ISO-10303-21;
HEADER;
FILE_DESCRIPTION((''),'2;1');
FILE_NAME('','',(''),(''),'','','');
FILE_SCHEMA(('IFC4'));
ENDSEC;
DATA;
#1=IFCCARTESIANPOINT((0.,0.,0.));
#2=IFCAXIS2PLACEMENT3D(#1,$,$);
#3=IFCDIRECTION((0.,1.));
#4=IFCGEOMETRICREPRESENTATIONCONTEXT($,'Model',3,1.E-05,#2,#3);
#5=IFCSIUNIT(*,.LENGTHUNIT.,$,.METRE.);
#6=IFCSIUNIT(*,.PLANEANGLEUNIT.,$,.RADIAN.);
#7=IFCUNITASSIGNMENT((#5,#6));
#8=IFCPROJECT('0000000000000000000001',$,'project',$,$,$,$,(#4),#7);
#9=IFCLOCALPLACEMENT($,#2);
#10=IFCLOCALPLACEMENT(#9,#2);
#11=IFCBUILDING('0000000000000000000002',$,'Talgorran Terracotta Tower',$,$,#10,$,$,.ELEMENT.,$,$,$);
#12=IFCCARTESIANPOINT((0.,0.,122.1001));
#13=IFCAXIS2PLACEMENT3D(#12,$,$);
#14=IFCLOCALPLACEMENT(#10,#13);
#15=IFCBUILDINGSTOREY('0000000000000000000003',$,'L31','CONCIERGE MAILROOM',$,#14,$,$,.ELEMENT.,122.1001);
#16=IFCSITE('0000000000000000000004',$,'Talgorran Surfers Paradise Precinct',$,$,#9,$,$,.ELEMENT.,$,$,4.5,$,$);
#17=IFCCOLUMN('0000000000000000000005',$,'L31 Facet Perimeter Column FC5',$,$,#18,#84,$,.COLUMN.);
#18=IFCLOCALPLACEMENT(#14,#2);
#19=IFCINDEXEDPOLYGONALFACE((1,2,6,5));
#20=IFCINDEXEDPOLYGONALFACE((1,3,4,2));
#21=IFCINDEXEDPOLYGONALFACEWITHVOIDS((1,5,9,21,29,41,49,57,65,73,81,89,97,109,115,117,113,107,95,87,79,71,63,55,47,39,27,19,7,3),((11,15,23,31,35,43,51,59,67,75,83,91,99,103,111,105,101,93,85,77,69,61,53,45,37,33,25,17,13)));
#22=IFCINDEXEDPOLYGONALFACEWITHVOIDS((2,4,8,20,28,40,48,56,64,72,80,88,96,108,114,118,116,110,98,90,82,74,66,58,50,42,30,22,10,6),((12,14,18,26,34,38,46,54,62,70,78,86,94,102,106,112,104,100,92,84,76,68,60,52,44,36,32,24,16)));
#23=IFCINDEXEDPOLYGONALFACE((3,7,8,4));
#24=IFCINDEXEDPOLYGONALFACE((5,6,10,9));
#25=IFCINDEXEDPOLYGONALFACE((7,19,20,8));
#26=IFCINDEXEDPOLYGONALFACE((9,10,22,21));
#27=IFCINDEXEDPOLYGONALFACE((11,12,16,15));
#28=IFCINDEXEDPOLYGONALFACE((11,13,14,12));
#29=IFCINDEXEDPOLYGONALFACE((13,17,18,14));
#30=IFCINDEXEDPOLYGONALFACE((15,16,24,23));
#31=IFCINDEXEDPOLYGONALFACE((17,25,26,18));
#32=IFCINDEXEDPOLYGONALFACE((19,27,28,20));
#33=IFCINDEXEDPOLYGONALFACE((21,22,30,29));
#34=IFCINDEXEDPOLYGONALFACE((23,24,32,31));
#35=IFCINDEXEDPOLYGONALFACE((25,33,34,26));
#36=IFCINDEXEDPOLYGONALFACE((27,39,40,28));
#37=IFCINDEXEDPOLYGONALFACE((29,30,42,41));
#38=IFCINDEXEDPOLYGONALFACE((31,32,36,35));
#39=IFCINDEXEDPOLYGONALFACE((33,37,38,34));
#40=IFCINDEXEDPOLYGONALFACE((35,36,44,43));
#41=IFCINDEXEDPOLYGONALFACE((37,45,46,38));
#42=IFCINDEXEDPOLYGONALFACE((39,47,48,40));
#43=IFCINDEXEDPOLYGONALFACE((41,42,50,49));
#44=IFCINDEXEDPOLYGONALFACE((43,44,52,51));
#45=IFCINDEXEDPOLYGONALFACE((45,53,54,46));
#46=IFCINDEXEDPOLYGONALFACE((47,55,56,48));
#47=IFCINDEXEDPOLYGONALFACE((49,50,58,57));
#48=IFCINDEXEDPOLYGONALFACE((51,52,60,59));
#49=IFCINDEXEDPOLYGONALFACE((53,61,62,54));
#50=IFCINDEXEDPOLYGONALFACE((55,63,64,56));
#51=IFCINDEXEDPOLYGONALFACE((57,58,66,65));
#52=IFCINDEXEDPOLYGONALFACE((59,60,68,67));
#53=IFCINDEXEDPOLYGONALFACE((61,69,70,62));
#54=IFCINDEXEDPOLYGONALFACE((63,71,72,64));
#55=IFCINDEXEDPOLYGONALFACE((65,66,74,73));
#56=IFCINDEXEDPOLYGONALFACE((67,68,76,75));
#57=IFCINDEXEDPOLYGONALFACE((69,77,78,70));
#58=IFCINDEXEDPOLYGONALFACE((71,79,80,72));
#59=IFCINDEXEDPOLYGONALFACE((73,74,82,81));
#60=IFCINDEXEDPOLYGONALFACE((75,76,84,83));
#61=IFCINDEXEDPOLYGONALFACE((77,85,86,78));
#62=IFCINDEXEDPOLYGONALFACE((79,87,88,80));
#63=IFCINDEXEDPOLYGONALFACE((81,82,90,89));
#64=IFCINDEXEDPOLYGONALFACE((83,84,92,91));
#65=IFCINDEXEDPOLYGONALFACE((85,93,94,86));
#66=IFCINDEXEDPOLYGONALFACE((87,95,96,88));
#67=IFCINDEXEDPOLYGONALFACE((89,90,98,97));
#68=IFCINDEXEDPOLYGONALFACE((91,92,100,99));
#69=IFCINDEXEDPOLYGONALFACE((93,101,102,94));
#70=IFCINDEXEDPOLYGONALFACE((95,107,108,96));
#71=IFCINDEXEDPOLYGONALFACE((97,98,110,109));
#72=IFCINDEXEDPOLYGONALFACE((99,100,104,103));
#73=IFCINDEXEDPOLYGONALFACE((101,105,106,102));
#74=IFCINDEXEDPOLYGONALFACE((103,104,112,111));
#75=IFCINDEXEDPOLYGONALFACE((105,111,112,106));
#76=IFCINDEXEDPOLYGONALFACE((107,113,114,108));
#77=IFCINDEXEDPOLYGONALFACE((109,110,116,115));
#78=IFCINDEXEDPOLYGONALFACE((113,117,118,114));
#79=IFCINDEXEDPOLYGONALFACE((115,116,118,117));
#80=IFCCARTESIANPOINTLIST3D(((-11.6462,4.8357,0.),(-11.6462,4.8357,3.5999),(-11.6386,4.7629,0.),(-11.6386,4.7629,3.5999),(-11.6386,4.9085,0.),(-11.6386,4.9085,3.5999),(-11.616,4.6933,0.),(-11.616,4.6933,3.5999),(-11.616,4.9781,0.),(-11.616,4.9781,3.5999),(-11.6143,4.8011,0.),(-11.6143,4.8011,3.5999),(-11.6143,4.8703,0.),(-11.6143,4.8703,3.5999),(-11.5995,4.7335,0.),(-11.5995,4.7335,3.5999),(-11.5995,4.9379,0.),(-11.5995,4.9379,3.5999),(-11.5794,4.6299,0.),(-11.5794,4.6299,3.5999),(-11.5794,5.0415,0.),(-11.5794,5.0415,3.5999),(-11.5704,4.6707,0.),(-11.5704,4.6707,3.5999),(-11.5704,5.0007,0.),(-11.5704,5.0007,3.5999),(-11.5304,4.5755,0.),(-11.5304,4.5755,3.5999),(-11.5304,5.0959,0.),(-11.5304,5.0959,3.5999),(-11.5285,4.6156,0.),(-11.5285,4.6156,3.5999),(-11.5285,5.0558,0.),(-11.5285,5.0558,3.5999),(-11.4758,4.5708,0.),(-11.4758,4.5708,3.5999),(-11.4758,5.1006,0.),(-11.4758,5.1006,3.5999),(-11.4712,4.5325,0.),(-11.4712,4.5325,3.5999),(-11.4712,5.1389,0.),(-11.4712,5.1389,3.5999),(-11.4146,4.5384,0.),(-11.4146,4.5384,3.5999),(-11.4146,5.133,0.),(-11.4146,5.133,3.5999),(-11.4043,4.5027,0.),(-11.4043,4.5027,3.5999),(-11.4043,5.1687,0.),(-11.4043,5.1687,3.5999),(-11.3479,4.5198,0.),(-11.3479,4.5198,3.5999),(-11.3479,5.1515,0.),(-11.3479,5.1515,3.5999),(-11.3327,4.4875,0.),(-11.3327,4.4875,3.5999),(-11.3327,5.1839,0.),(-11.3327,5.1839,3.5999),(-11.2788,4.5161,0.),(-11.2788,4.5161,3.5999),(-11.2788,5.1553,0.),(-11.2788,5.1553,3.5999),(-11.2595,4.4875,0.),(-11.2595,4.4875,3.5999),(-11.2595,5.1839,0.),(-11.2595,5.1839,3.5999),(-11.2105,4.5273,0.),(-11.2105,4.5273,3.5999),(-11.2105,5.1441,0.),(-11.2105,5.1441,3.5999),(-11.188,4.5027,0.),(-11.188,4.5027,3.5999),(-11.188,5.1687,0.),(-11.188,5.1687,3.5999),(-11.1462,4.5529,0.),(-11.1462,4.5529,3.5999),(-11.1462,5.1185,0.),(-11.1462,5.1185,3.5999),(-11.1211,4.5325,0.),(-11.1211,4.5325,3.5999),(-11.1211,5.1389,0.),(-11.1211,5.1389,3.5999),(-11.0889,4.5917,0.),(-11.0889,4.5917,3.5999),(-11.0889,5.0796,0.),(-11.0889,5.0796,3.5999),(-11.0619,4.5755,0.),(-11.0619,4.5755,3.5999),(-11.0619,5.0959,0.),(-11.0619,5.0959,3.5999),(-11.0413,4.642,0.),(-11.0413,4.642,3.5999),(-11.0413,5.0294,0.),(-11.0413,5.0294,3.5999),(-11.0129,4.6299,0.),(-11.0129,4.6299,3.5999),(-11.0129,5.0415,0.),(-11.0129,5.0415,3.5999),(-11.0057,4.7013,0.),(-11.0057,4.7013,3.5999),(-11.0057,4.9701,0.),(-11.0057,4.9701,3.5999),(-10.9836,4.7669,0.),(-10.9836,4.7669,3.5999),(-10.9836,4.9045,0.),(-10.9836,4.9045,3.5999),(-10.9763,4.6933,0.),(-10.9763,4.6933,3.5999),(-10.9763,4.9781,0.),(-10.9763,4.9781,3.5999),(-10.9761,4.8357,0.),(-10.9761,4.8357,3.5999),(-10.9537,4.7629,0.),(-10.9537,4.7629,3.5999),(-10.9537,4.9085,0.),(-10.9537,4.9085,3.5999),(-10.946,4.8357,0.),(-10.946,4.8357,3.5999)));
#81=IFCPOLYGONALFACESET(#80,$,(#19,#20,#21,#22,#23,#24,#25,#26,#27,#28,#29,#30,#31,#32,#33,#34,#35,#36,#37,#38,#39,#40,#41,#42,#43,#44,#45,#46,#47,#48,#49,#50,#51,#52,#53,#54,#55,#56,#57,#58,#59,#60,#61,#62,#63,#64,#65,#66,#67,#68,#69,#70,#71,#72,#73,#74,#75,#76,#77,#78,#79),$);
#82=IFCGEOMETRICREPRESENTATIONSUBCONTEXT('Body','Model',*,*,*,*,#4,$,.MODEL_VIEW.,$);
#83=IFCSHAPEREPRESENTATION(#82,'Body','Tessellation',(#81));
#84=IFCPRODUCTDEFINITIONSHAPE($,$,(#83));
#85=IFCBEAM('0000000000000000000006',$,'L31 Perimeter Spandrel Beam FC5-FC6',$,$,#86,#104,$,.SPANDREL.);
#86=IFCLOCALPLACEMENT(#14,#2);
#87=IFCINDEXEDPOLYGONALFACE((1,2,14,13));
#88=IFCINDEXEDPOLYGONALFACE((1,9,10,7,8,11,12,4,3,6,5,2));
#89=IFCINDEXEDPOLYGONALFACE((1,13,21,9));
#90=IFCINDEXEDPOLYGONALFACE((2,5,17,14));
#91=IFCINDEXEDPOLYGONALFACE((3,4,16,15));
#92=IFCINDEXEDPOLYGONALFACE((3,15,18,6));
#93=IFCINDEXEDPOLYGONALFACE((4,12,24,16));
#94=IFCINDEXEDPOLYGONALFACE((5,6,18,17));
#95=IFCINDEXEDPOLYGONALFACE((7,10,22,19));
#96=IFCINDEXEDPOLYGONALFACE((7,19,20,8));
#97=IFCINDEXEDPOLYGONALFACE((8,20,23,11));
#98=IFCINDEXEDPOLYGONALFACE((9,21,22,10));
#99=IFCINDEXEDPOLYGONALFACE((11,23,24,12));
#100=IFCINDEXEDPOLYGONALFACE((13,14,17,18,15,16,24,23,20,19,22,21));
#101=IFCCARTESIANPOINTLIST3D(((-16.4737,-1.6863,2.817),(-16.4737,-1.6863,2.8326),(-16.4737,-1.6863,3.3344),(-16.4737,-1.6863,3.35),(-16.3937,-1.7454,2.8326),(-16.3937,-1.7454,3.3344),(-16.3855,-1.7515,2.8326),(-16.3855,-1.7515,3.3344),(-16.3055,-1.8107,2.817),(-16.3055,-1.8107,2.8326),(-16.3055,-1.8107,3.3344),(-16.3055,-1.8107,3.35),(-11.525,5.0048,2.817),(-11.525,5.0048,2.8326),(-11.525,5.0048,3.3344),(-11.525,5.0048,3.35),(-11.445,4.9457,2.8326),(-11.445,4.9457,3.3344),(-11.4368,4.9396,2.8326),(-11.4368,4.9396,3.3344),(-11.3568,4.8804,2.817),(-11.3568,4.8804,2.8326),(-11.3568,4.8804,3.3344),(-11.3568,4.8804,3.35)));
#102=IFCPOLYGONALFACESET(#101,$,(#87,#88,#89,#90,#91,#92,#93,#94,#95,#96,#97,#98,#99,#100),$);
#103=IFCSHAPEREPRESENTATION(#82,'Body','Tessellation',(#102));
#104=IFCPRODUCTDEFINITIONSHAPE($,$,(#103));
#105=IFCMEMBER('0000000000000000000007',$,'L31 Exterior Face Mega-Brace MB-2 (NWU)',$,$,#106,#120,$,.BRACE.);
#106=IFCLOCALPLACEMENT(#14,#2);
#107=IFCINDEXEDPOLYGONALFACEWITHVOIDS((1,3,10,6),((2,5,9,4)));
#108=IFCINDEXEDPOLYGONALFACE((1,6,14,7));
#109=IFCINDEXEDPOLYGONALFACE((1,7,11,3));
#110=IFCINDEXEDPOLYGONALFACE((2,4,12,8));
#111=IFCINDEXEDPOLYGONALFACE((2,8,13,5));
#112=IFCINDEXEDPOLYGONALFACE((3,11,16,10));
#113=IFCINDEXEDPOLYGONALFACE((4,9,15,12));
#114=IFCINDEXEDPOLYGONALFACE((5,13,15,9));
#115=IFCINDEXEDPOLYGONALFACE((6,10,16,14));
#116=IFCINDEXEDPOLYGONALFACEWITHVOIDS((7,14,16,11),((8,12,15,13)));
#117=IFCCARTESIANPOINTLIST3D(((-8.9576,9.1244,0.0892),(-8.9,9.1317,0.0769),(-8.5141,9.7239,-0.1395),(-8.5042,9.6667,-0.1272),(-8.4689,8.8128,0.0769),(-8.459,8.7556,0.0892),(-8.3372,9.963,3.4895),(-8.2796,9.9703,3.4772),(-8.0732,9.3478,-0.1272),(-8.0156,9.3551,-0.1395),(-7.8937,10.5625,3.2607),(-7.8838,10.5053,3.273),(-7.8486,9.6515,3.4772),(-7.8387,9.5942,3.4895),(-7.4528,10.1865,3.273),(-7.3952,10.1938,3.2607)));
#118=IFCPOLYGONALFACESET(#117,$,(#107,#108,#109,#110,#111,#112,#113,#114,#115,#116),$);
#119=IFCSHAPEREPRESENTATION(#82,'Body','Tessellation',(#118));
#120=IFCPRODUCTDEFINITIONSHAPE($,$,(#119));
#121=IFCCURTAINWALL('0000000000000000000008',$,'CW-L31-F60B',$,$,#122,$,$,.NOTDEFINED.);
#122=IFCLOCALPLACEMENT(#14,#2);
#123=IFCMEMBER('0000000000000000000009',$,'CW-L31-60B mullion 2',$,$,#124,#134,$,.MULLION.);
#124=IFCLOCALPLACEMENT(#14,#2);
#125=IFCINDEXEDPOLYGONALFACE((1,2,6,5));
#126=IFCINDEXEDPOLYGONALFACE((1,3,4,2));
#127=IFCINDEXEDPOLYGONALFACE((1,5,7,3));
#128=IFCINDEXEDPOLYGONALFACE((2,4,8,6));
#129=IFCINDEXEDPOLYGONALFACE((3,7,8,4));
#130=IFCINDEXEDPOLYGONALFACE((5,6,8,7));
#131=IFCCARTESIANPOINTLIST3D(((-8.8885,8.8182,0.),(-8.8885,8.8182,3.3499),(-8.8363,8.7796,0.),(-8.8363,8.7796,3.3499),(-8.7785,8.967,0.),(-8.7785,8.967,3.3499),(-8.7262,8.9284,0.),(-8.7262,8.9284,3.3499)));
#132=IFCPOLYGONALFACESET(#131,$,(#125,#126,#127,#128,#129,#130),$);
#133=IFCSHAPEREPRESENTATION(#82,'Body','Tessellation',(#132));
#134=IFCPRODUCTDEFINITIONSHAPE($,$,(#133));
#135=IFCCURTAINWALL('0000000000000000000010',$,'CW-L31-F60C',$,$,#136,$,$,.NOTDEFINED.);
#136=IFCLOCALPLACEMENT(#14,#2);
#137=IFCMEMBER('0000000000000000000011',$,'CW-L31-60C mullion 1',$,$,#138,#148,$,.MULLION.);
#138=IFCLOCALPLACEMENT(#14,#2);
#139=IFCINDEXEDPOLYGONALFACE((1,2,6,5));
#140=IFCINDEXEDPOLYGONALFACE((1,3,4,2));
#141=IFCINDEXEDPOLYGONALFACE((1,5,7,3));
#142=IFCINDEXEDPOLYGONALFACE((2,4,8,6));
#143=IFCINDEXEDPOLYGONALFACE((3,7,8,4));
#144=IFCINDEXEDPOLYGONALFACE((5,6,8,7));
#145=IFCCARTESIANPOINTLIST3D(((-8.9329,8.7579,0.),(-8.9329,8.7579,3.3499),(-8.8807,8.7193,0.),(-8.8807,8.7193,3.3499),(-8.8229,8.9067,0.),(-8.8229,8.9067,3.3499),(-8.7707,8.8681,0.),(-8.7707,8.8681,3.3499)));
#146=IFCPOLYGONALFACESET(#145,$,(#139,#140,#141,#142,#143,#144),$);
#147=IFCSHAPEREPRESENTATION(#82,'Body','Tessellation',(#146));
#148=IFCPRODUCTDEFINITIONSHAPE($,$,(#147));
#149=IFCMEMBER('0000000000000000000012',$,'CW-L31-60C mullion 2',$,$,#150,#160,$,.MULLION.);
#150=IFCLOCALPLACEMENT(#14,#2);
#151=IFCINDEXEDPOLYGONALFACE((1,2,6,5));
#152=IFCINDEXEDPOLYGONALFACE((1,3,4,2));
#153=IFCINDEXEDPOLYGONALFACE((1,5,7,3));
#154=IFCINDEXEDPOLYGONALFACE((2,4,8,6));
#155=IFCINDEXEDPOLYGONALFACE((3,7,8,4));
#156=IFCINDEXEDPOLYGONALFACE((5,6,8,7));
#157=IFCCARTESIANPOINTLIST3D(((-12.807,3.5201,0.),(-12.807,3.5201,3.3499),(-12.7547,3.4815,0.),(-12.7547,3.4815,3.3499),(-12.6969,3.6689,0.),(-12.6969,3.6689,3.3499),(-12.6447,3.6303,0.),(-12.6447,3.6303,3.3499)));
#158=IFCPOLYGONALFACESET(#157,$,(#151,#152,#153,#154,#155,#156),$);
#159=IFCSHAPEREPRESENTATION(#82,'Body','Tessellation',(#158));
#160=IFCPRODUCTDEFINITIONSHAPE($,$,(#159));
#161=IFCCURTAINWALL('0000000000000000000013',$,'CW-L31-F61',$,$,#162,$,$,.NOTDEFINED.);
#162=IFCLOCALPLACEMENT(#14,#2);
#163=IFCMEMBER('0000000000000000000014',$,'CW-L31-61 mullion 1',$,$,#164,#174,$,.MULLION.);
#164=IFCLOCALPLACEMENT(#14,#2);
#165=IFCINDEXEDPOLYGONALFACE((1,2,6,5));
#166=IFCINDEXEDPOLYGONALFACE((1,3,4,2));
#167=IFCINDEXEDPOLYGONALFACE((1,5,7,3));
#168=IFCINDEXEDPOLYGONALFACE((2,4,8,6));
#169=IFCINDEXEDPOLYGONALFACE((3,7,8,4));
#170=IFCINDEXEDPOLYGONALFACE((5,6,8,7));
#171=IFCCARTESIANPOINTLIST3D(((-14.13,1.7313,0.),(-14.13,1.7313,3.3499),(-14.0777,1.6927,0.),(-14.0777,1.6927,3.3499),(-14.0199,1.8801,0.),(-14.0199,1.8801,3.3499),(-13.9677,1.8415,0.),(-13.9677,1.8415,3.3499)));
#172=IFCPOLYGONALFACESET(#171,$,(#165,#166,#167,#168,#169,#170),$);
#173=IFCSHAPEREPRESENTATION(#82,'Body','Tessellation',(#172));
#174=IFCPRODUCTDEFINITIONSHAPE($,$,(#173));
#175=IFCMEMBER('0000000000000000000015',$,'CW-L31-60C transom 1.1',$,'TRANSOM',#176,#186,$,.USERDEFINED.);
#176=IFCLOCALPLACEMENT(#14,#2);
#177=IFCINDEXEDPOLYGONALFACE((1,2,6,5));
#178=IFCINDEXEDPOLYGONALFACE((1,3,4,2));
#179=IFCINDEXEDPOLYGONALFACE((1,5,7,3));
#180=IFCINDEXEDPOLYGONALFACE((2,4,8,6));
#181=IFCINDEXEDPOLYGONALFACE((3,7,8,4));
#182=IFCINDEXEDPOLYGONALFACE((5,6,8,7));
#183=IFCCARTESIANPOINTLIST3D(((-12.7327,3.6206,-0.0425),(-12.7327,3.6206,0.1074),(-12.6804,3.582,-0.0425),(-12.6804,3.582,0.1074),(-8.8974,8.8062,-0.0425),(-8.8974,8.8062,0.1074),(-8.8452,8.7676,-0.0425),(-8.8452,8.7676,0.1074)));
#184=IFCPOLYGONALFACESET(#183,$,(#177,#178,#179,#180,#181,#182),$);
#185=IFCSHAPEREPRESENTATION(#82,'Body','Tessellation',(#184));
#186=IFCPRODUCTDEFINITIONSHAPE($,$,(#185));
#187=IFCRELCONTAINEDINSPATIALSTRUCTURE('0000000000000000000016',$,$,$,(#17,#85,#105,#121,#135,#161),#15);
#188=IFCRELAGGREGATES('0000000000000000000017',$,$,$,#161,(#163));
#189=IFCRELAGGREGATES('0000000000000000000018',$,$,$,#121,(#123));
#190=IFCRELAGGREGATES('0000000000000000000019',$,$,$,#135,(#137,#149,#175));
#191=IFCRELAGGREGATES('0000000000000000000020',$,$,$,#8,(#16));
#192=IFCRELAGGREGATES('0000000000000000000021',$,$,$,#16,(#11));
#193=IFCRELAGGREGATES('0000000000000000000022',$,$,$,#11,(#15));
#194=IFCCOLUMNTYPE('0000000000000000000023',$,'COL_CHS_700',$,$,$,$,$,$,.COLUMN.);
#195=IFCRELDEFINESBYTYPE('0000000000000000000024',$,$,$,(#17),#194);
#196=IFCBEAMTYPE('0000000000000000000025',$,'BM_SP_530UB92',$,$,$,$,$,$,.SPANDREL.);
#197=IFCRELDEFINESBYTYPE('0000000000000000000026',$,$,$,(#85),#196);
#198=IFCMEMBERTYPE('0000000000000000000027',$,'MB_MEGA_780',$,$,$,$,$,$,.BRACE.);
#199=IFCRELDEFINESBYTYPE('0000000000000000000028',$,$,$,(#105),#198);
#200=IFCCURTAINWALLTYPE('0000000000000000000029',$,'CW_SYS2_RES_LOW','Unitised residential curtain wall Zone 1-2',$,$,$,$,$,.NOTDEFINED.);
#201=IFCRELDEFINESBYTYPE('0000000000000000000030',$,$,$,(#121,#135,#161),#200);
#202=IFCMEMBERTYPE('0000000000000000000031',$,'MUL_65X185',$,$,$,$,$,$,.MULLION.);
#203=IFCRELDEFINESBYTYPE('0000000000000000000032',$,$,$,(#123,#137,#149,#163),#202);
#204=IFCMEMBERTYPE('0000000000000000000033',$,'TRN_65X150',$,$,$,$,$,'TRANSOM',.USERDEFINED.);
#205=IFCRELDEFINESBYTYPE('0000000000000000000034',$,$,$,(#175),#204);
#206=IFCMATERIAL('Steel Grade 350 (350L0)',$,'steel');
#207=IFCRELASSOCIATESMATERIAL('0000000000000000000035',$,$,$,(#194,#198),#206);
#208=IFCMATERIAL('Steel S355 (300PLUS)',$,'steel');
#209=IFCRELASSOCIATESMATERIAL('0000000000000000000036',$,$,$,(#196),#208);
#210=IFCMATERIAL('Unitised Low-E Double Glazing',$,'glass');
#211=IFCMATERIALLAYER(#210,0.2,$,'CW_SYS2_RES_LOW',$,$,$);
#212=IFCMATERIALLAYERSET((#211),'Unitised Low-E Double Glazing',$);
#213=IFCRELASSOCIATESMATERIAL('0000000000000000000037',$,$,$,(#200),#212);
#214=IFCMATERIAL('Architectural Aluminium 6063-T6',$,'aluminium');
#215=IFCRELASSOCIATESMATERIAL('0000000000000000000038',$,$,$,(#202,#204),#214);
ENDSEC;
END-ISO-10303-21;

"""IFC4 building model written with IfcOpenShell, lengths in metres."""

from ifc_helpers import new_model, si_unit, direction, frame, origin, origin_2d, place, context, subcontext, project, spatial, rectangle, hollow_rectangle, hollow_circle, i_section, extrude, material, layer, layer_set, material_profile, profile_set, type_object, element, aggregate, save


model = new_model("IFC4")

# Units and contexts
model_context = context("Model", 3, precision=1e-05, world=origin(), true_north=direction((0.0, 1.0)))
body_context = subcontext(model_context, "Body", "Model", "MODEL_VIEW")
ifc_project = project(units=[si_unit("LENGTHUNIT", "METRE"), si_unit("PLANEANGLEUNIT", "RADIAN")], contexts=[model_context])

# Site, building, storey
site_placement = place(None, origin())
site = spatial("IfcSite", under=ifc_project, at=site_placement, Name="Talgorran Surfers Paradise Precinct", CompositionType="ELEMENT", RefElevation=4.5)
building_placement = place(site_placement, origin())
building = spatial("IfcBuilding", under=site, at=building_placement, Name="Talgorran Terracotta Tower", CompositionType="ELEMENT")
storey_placement = place(building_placement, frame((0.0, 0.0, 122.1001)))
storey = spatial("IfcBuildingStorey", under=building, at=storey_placement, Name="L31", Description="CONCIERGE MAILROOM", CompositionType="ELEMENT", Elevation=122.1001)

# Column
ifc_material_1 = material(Name="Steel Grade 350 (350L0)", Category="steel")
ifc_material_profile_1 = material_profile(ifc_material_1, hollow_circle(Radius=0.3501, WallThickness=0.03, at=origin_2d()), Name="CHS700X30")
ifc_profile_set_1 = profile_set([ifc_material_profile_1], Name="Steel Grade 350 (350L0)")
column_type = type_object("IfcColumnType", Name="COL_CHS_700", PredefinedType="COLUMN", material=ifc_profile_set_1)
column_placement = place(storey_placement, frame((-11.2961, 4.8357, 0.0), z_axis=(0.0, 0.0, 1.0), x_axis=(1.0, 0.0, 0.0)))
element("IfcColumn", 1, at=column_placement, inside=storey, type_object=column_type, Name="L31 Facet Perimeter Column FC5", PredefinedType="COLUMN", context=body_context, shape_type="SweptSolid", body=[
    extrude(hollow_circle(Radius=0.3501, WallThickness=0.03, at=origin_2d()), origin(), (0.0, 0.0, 1.0), 3.5999),
])

# Beam
ifc_material_2 = material(Name="Steel S355 (300PLUS)", Category="steel")
ifc_material_profile_2 = material_profile(ifc_material_2, i_section(OverallWidth=0.2092, OverallDepth=0.533, WebThickness=0.0103, FlangeThickness=0.0156, at=origin_2d()), Name="530UB92.4")
ifc_profile_set_2 = profile_set([ifc_material_profile_2], Name="Steel S355 (300PLUS)")
beam_type = type_object("IfcBeamType", Name="BM_SP_530UB92", PredefinedType="SPANDREL", material=ifc_profile_set_2)
beam_placement = place(storey_placement, frame((-11.4409, 4.9426, 3.0835), z_axis=(-0.594631, -0.803999, 0.0), x_axis=(0.803999, -0.594631, 0.0)))
element("IfcBeam", 2, at=beam_placement, inside=storey, type_object=beam_type, Name="L31 Perimeter Spandrel Beam FC5-FC6", PredefinedType="SPANDREL", context=body_context, shape_type="SweptSolid", body=[
    extrude(i_section(OverallWidth=0.2092, OverallDepth=0.533, WebThickness=0.0103, FlangeThickness=0.0156, at=origin_2d()), origin(), (0.0, 0.0, 1.0), 8.3223),
])

# Member
ifc_material_profile_3 = material_profile(ifc_material_1, hollow_rectangle(XDim=0.6201, YDim=0.78, WallThickness=0.042, at=origin_2d()), Name="WBOX780X620X42")
ifc_profile_set_3 = profile_set([ifc_material_profile_3], Name="Steel Grade 350 (350L0)")
member_type_1 = type_object("IfcMemberType", Name="MB_MEGA_780", PredefinedType="BRACE", material=ifc_profile_set_3)
member_1_placement = place(storey_placement, frame((-8.4866, 9.2397, -0.0251), z_axis=(0.174427, 0.235796, 0.956021), x_axis=(-0.803943, 0.594707, 0.0)))
element("IfcMember", 3, at=member_1_placement, inside=storey, type_object=member_type_1, Name="L31 Exterior Face Mega-Brace MB-2 (NWU)", PredefinedType="BRACE", context=body_context, shape_type="SweptSolid", body=[
    extrude(hollow_rectangle(XDim=0.6201, YDim=0.78, WallThickness=0.042, at=origin_2d()), origin(), (0.0, 0.0, 1.0), 3.5566),
])

# Curtain wall, member
ifc_material_3 = material(Name="Unitised Low-E Double Glazing", Category="glass")
ifc_layer_1 = layer(ifc_material_3, 0.2, Name="CW_SYS2_RES_LOW")
ifc_layer_set_1 = layer_set([ifc_layer_1], Name="Unitised Low-E Double Glazing")
curtain_wall_type = type_object("IfcCurtainWallType", Name="CW_SYS2_RES_LOW", Description="Unitised residential curtain wall Zone 1-2", PredefinedType="NOTDEFINED", material=ifc_layer_set_1)
curtain_wall_1_placement = place(storey_placement, origin())
curtain_wall_1 = element("IfcCurtainWall", 4, at=curtain_wall_1_placement, inside=storey, type_object=curtain_wall_type, Name="CW-L31-F60B", PredefinedType="NOTDEFINED")
ifc_material_4 = material(Name="Architectural Aluminium 6063-T6", Category="aluminium")
ifc_material_profile_4 = material_profile(ifc_material_4, rectangle(XDim=0.0649, YDim=0.1851, at=origin_2d()), Name="CWM65X185")
ifc_profile_set_4 = profile_set([ifc_material_profile_4], Name="Architectural Aluminium 6063-T6")
member_type_2 = type_object("IfcMemberType", Name="MUL_65X185", PredefinedType="MULLION", material=ifc_profile_set_4)
member_2_placement = place(storey_placement, frame((-8.8074, 8.8733, 0.0), z_axis=(0.0, 0.0, 1.0), x_axis=(0.803994, -0.594637, 0.0)))
member_2 = element("IfcMember", 5, at=member_2_placement, type_object=member_type_2, Name="CW-L31-60B mullion 2", PredefinedType="MULLION", context=body_context, shape_type="SweptSolid", body=[
    extrude(rectangle(XDim=0.0649, YDim=0.1851, at=origin_2d()), origin(), (0.0, 0.0, 1.0), 3.3499),
])

# Curtain wall, members
curtain_wall_2_placement = place(storey_placement, origin())
curtain_wall_2 = element("IfcCurtainWall", 6, at=curtain_wall_2_placement, inside=storey, type_object=curtain_wall_type, Name="CW-L31-F60C", PredefinedType="NOTDEFINED")
member_3_placement = place(storey_placement, frame((-8.8518, 8.813, 0.0), z_axis=(0.0, 0.0, 1.0), x_axis=(0.803994, -0.594637, 0.0)))
member_3 = element("IfcMember", 7, at=member_3_placement, type_object=member_type_2, Name="CW-L31-60C mullion 1", PredefinedType="MULLION", context=body_context, shape_type="SweptSolid", body=[
    extrude(rectangle(XDim=0.0649, YDim=0.1851, at=origin_2d()), origin(), (0.0, 0.0, 1.0), 3.3499),
])
member_4_placement = place(storey_placement, frame((-12.7258, 3.5752, 0.0), z_axis=(0.0, 0.0, 1.0), x_axis=(0.803994, -0.594637, 0.0)))
member_4 = element("IfcMember", 8, at=member_4_placement, type_object=member_type_2, Name="CW-L31-60C mullion 2", PredefinedType="MULLION", context=body_context, shape_type="SweptSolid", body=[
    extrude(rectangle(XDim=0.0649, YDim=0.1851, at=origin_2d()), origin(), (0.0, 0.0, 1.0), 3.3499),
])

# Curtain wall, member
curtain_wall_3_placement = place(storey_placement, origin())
curtain_wall_3 = element("IfcCurtainWall", 9, at=curtain_wall_3_placement, inside=storey, type_object=curtain_wall_type, Name="CW-L31-F61", PredefinedType="NOTDEFINED")
member_5_placement = place(storey_placement, frame((-14.0488, 1.7864, 0.0), z_axis=(0.0, 0.0, 1.0), x_axis=(0.803997, -0.594633, 0.0)))
member_5 = element("IfcMember", 10, at=member_5_placement, type_object=member_type_2, Name="CW-L31-61 mullion 1", PredefinedType="MULLION", context=body_context, shape_type="SweptSolid", body=[
    extrude(rectangle(XDim=0.0649, YDim=0.1851, at=origin_2d()), origin(), (0.0, 0.0, 1.0), 3.3499),
])

# Member
ifc_material_profile_5 = material_profile(ifc_material_4, rectangle(XDim=0.0649, YDim=0.1499, at=origin_2d()), Name="CWT65X150")
ifc_profile_set_5 = profile_set([ifc_material_profile_5], Name="Architectural Aluminium 6063-T6")
member_type_3 = type_object("IfcMemberType", Name="TRN_65X150", ElementType="TRANSOM", PredefinedType="USERDEFINED", material=ifc_profile_set_5)
member_6_placement = place(storey_placement, frame((-8.8713, 8.7869, 0.0325), z_axis=(-0.594633, -0.803998, 0.0), x_axis=(0.803998, -0.594633, 0.0)))
member_6 = element("IfcMember", 11, at=member_6_placement, type_object=member_type_3, Name="CW-L31-60C transom 1.1", ObjectType="TRANSOM", PredefinedType="USERDEFINED", context=body_context, shape_type="SweptSolid", body=[
    extrude(rectangle(XDim=0.0649, YDim=0.1499, at=origin_2d()), origin(), (0.0, 0.0, 1.0), 6.4497),
])
aggregate(curtain_wall_3, [member_5])

aggregate(curtain_wall_1, [member_2])
aggregate(curtain_wall_2, [member_3, member_4, member_6])

save(model, "model.ifc")
